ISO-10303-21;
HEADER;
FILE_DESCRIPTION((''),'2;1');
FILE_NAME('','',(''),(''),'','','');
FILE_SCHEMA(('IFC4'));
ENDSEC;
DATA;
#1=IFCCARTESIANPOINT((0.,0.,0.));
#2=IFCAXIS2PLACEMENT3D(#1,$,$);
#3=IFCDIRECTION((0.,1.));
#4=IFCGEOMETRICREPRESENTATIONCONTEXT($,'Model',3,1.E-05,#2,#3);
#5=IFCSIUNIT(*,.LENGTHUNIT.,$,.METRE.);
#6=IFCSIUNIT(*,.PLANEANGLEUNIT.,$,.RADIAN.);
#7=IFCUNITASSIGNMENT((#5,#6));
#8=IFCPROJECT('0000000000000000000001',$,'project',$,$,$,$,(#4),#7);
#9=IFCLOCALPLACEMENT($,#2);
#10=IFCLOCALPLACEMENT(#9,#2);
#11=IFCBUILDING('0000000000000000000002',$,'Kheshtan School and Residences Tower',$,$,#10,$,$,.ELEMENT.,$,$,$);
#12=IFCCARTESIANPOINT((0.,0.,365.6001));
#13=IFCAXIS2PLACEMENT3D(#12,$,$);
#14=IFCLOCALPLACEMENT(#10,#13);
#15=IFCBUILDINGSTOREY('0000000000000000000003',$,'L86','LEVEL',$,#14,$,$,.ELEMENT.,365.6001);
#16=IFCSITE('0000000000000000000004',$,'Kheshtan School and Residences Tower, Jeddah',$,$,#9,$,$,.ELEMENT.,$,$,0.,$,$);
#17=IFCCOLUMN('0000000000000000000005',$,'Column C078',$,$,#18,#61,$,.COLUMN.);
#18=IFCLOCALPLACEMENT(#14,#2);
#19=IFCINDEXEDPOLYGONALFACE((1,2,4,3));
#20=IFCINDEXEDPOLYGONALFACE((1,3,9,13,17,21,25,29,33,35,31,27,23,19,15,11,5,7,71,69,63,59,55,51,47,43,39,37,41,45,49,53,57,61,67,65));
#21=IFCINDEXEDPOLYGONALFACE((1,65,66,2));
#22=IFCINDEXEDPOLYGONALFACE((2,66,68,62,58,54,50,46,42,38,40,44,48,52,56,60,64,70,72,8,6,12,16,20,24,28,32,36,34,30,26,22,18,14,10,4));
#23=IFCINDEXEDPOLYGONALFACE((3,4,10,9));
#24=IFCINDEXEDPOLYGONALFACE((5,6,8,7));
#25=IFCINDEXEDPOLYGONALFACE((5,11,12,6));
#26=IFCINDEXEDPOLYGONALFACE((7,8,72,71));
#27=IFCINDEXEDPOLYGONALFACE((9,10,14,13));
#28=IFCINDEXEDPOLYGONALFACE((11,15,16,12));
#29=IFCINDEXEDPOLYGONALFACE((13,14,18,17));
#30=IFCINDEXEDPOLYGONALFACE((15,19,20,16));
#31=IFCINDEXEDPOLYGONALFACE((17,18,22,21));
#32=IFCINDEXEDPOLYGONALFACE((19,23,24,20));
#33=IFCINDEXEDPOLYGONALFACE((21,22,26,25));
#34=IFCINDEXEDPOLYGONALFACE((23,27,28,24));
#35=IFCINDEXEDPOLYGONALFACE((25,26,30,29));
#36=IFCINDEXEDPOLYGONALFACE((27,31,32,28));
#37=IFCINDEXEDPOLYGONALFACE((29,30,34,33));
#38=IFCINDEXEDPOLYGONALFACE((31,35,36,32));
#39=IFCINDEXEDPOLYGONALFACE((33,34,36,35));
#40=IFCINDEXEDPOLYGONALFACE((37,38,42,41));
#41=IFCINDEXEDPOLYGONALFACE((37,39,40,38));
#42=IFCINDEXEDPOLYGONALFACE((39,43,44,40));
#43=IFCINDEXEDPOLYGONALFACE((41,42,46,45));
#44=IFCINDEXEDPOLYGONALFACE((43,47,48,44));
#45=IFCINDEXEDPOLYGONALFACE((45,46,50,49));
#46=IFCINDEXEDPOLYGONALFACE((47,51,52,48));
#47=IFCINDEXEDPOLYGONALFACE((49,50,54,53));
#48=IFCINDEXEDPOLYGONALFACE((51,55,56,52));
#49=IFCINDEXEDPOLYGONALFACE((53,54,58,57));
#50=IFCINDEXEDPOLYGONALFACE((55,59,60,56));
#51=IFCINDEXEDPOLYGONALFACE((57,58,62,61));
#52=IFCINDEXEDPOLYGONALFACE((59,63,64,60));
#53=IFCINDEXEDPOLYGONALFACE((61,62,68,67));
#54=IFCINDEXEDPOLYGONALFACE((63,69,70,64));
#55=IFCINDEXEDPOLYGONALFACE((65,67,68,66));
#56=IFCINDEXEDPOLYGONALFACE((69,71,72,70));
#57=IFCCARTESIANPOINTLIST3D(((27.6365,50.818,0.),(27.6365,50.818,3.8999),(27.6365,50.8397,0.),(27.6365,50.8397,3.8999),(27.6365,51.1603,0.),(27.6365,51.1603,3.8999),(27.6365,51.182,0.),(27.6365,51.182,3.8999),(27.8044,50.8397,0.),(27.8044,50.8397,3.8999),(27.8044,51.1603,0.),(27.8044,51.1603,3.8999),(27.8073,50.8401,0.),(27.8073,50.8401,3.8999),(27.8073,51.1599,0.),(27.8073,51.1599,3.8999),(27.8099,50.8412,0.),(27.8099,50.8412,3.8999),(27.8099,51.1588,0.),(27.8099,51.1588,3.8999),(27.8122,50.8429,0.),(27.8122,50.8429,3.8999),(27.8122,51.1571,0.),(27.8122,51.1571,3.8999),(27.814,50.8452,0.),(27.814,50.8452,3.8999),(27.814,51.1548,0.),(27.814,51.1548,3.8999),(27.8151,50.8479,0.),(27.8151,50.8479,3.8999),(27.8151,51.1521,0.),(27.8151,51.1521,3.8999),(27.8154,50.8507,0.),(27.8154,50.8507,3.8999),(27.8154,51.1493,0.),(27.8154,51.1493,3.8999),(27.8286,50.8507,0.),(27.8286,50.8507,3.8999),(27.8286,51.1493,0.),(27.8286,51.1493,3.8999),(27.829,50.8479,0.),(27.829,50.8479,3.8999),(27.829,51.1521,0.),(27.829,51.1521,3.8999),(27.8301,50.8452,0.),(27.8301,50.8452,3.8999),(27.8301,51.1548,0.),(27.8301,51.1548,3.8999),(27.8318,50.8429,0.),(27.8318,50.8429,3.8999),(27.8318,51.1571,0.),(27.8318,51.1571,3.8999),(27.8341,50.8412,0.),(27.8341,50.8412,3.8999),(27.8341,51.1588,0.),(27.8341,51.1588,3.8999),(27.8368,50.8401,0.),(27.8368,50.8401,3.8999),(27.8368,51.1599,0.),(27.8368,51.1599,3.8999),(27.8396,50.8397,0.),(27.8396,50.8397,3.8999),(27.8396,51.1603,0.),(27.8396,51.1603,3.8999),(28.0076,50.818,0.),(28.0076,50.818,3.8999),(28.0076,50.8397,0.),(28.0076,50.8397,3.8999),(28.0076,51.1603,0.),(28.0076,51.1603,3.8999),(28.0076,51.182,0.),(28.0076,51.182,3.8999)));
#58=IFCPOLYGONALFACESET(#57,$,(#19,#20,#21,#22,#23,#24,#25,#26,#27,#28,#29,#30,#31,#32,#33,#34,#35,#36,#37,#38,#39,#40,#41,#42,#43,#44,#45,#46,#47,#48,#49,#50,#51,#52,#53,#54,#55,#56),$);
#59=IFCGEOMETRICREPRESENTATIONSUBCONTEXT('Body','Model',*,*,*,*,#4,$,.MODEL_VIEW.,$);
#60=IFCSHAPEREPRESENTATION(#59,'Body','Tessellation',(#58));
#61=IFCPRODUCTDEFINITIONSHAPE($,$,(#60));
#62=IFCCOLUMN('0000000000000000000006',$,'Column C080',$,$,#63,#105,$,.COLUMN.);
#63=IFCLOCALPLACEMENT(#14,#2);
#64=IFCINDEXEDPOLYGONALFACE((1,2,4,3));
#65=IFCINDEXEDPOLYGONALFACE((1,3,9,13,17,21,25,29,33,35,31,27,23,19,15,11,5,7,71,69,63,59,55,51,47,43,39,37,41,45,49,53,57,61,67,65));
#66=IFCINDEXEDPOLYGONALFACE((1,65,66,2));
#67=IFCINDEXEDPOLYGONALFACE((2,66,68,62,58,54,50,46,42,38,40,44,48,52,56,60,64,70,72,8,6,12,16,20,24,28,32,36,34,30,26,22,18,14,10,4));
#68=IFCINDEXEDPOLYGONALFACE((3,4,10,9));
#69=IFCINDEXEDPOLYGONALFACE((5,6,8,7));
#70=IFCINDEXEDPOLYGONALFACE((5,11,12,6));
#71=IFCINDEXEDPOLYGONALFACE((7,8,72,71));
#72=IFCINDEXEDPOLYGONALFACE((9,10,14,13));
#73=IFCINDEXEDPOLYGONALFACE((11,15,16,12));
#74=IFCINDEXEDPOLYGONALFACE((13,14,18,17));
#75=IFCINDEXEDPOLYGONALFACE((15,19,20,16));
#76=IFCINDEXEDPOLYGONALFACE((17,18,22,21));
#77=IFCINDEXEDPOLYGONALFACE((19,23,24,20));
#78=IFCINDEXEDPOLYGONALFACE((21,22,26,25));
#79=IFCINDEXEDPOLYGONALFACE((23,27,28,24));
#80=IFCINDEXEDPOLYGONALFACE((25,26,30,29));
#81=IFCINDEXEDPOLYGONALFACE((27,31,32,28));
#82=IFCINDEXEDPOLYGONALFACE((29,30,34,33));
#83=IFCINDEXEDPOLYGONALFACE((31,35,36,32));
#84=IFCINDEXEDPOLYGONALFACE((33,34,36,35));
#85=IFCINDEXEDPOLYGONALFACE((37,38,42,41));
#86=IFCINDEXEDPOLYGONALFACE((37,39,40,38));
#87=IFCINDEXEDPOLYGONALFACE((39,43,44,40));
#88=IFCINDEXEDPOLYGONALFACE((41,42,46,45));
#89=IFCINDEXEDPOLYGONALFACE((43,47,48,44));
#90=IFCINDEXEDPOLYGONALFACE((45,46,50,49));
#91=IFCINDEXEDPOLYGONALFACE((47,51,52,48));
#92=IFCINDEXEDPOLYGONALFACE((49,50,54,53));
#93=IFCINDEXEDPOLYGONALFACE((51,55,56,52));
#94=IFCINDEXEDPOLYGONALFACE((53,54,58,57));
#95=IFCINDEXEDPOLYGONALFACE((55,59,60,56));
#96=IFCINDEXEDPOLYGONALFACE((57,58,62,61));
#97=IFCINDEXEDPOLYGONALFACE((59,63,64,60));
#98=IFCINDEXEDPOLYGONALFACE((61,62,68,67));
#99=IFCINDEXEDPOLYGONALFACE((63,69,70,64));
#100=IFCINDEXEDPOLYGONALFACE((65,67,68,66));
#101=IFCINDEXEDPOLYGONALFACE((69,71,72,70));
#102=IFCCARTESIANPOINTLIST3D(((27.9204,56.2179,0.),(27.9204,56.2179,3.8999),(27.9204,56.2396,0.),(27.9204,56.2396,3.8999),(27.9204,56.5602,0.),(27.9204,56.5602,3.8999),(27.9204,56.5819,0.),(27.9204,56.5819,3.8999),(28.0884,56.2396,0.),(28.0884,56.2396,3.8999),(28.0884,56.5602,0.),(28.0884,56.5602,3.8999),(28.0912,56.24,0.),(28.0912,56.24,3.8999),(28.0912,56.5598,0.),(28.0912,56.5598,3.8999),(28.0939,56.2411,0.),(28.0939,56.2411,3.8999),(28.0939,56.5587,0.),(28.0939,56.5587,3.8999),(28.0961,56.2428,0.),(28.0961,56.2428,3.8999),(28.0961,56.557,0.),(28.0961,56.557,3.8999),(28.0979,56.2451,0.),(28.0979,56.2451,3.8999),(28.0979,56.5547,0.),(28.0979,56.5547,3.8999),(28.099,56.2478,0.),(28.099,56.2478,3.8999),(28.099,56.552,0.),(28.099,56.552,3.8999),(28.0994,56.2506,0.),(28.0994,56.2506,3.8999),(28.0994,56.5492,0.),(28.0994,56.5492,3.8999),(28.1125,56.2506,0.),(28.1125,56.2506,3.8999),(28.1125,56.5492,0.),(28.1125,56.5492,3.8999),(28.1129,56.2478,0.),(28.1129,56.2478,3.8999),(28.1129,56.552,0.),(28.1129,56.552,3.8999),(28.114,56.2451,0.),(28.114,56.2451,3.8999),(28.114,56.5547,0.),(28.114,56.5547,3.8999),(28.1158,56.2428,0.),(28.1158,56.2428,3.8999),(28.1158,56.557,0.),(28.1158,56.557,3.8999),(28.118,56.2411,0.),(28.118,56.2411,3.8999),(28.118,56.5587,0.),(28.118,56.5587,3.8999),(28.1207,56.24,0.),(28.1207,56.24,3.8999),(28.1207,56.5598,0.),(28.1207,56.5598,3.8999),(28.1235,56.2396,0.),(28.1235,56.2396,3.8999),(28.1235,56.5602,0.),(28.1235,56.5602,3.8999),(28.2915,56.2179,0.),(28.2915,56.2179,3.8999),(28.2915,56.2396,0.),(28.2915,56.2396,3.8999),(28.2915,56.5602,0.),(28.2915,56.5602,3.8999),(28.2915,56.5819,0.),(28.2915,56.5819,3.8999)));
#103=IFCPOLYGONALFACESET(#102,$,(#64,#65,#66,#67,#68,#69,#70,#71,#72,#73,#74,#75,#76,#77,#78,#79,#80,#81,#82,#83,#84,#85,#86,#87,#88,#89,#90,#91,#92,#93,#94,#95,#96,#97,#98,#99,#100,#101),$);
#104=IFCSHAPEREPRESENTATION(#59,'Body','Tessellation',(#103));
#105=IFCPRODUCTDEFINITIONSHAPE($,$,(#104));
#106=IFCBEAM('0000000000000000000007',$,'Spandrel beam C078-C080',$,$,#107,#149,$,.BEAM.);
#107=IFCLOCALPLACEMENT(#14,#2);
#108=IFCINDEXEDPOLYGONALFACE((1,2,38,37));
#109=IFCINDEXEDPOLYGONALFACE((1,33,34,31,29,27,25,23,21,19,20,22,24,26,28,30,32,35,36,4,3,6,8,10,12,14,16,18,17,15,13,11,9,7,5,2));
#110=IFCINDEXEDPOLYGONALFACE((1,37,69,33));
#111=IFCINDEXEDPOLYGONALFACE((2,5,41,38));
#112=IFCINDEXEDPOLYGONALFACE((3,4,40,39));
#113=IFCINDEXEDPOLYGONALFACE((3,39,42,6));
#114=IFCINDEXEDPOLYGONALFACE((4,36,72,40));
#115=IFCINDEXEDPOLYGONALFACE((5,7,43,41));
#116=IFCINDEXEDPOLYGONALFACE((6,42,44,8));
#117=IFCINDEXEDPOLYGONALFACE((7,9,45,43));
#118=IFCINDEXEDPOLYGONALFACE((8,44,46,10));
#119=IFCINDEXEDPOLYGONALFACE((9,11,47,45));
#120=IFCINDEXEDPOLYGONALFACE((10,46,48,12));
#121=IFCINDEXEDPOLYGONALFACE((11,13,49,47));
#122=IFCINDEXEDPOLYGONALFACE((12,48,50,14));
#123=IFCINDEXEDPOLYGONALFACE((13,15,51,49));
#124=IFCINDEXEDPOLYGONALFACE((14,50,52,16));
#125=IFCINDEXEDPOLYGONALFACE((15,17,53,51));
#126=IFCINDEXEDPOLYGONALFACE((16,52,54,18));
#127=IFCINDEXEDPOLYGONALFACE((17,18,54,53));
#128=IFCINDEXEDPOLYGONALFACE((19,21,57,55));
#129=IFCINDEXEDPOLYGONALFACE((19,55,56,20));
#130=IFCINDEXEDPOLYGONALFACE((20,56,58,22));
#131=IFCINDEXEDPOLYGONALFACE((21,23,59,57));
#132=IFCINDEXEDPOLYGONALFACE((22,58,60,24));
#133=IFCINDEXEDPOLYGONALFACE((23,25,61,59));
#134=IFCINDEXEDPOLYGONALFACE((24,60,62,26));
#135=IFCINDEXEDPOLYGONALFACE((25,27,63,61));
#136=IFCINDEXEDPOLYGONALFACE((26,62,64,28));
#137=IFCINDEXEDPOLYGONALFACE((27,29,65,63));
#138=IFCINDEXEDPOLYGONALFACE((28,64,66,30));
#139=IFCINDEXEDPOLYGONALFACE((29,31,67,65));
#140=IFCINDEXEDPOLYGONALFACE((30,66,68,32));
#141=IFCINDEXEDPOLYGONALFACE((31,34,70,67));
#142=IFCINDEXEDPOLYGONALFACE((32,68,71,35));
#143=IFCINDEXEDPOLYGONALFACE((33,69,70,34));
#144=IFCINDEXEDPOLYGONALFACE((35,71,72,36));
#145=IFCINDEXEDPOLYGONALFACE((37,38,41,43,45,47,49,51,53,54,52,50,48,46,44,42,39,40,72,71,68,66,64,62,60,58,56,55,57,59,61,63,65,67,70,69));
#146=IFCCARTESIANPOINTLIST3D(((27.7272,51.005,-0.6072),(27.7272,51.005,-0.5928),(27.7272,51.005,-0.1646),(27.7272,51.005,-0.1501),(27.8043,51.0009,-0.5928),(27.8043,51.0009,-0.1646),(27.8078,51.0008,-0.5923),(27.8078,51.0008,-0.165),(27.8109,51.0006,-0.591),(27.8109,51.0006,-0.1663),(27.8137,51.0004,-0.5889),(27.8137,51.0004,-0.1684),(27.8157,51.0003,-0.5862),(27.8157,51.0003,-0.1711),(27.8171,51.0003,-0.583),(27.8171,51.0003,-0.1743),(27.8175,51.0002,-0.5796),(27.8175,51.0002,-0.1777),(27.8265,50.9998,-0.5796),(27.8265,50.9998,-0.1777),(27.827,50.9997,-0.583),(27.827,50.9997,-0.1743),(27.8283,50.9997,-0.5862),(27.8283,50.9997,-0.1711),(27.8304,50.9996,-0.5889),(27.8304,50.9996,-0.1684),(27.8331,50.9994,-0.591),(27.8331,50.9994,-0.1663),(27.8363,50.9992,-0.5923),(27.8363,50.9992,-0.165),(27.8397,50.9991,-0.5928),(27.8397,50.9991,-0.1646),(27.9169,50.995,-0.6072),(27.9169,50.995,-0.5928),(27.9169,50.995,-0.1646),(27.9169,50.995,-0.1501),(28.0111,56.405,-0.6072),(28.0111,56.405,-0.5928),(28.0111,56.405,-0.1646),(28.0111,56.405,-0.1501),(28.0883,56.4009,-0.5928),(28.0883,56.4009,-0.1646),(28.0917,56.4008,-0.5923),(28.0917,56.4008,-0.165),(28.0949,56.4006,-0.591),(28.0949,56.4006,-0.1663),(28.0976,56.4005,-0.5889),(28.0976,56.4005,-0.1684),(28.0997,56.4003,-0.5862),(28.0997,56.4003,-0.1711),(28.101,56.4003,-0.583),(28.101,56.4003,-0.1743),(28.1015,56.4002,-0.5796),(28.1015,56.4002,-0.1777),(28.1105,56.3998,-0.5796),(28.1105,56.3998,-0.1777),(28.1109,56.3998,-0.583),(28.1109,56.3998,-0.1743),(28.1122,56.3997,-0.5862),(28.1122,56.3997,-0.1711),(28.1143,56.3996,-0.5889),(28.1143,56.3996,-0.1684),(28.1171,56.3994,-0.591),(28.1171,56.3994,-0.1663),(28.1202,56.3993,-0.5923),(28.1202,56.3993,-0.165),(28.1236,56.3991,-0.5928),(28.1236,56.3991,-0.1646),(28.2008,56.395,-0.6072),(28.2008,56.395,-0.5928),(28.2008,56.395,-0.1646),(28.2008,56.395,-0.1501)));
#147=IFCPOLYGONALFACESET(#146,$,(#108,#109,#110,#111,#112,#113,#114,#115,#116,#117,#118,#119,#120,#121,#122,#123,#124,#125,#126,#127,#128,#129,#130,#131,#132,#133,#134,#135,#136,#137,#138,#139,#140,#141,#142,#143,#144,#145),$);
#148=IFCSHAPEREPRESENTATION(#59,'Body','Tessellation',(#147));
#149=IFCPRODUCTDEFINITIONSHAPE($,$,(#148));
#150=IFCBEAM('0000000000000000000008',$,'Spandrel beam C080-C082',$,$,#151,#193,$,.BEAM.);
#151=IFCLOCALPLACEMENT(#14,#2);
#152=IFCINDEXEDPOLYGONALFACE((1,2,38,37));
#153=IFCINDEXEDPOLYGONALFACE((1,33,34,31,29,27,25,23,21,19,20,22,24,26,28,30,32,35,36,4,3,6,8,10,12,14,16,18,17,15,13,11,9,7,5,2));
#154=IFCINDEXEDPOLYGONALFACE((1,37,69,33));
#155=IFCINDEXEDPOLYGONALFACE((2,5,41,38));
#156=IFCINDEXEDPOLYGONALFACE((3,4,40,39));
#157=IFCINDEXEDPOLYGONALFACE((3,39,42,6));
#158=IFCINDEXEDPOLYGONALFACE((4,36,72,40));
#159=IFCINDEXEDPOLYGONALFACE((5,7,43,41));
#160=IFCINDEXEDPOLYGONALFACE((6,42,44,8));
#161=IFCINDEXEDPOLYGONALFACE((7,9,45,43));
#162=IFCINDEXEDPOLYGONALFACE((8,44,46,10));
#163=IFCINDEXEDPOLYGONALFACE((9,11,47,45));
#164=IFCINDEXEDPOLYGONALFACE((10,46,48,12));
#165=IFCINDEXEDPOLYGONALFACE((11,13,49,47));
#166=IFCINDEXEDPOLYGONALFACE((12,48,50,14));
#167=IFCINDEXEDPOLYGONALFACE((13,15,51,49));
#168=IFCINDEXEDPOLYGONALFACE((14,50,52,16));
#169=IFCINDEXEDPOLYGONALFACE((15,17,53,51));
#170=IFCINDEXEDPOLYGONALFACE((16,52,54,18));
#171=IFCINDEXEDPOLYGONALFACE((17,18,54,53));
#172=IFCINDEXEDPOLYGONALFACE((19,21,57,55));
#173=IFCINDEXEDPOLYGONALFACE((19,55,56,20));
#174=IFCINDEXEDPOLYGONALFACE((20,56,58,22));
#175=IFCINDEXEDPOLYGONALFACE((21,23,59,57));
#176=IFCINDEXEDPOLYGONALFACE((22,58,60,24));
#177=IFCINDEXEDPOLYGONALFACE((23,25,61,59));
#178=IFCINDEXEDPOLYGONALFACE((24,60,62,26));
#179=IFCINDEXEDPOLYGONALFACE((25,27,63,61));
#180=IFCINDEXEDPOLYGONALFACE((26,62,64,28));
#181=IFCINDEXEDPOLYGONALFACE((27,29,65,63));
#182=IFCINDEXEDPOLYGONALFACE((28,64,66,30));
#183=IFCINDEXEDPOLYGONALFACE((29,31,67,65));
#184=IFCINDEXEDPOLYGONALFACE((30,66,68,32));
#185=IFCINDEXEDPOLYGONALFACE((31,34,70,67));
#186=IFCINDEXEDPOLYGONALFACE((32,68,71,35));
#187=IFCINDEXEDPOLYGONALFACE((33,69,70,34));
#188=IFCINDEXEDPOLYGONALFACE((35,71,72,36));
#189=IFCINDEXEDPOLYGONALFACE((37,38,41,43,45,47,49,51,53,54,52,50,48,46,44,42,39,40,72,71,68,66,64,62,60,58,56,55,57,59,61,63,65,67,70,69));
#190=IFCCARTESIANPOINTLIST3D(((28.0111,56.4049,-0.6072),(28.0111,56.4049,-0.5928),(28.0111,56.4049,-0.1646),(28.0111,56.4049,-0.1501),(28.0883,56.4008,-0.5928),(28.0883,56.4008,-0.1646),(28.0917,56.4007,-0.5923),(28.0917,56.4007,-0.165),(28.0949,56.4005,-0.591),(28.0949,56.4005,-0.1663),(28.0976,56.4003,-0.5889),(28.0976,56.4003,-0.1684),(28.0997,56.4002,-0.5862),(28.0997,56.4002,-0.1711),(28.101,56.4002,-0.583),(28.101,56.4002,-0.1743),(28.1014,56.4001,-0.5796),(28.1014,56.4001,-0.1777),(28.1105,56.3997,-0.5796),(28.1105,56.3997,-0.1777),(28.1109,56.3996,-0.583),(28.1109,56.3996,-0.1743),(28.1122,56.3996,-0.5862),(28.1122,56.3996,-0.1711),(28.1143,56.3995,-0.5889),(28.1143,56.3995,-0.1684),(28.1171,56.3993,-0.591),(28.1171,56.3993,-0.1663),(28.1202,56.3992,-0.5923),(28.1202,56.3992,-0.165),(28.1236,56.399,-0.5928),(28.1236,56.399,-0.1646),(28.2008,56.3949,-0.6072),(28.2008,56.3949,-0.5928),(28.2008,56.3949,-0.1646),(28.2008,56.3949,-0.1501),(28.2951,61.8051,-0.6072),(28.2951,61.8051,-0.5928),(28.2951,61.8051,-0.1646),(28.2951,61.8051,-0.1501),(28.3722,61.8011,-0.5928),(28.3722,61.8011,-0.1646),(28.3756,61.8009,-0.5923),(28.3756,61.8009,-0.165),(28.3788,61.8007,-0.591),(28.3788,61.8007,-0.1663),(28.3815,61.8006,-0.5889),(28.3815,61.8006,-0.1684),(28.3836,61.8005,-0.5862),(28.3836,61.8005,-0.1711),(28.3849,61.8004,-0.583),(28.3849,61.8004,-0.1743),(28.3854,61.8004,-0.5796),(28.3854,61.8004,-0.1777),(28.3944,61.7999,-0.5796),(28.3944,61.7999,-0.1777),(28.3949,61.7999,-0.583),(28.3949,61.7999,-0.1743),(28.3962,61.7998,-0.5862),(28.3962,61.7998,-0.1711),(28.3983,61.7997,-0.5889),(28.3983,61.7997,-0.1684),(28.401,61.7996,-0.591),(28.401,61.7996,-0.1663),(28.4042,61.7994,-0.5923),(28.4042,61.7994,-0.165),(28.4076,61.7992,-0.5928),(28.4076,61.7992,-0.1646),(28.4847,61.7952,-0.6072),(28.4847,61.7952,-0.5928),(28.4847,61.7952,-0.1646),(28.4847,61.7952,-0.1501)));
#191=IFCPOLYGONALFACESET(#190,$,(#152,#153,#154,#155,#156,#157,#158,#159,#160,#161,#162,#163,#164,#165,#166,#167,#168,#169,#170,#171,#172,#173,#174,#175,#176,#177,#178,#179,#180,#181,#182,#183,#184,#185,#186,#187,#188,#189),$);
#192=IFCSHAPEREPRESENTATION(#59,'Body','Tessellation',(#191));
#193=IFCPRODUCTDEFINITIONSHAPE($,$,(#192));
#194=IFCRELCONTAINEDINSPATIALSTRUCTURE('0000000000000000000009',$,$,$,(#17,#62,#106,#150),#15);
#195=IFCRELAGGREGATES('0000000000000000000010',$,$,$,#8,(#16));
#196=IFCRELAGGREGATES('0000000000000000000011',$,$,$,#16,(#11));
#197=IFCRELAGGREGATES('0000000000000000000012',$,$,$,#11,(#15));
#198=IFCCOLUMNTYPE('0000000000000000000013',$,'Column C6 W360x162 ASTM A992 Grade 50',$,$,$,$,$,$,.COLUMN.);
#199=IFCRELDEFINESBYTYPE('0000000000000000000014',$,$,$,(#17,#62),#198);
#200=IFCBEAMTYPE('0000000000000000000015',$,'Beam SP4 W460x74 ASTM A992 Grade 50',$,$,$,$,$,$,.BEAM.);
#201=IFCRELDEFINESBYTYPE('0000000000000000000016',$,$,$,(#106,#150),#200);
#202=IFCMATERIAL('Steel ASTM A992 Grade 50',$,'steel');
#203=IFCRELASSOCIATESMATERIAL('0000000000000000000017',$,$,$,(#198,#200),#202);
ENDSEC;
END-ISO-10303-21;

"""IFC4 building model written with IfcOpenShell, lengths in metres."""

from ifc_helpers import new_model, si_unit, direction, frame, origin, origin_2d, place, context, subcontext, project, spatial, i_section, extrude, material, material_profile, profile_set, type_object, element, save


model = new_model("IFC4")

# Units and contexts
model_context = context("Model", 3, precision=1e-05, world=origin(), true_north=direction((0.0, 1.0)))
body_context = subcontext(model_context, "Body", "Model", "MODEL_VIEW")
ifc_project = project(units=[si_unit("LENGTHUNIT", "METRE"), si_unit("PLANEANGLEUNIT", "RADIAN")], contexts=[model_context])

# Site, building, storey
site_placement = place(None, origin())
site = spatial("IfcSite", under=ifc_project, at=site_placement, Name="Kheshtan School and Residences Tower, Jeddah", CompositionType="ELEMENT", RefElevation=0.0)
building_placement = place(site_placement, origin())
building = spatial("IfcBuilding", under=site, at=building_placement, Name="Kheshtan School and Residences Tower", CompositionType="ELEMENT")
storey_placement = place(building_placement, frame((0.0, 0.0, 365.6001)))
storey = spatial("IfcBuildingStorey", under=building, at=storey_placement, Name="L86", Description="LEVEL", CompositionType="ELEMENT", Elevation=365.6001)

# Columns
ifc_material_1 = material(Name="Steel ASTM A992 Grade 50", Category="steel")
ifc_material_profile_1 = material_profile(ifc_material_1, i_section(OverallWidth=0.3711, OverallDepth=0.364, WebThickness=0.0132, FlangeThickness=0.0217, FilletRadius=0.011, at=origin_2d()), Name="W360x162")
ifc_profile_set_1 = profile_set([ifc_material_profile_1], Name="Steel ASTM A992 Grade 50")
column_type = type_object("IfcColumnType", Name="Column C6 W360x162 ASTM A992 Grade 50", PredefinedType="COLUMN", material=ifc_profile_set_1)
for number, where, z_axis, x_axis, name in (
    (1, (27.822, 51.0, 0.0), (0.0, 0.0, 1.0), (1.0, 0.0, 0.0), "Column C078"),
    (2, (28.106, 56.3999, 0.0), (0.0, 0.0, 1.0), (1.0, 0.0, 0.0), "Column C080"),
):
    element("IfcColumn", number, at=place(storey_placement, frame(where, z_axis=z_axis, x_axis=x_axis)), inside=storey, type_object=column_type, Name=name, PredefinedType="COLUMN", context=body_context, shape_type="SweptSolid", body=[
        extrude(i_section(OverallWidth=0.3711, OverallDepth=0.364, WebThickness=0.0132, FlangeThickness=0.0217, FilletRadius=0.011, at=origin_2d()), origin(), (0.0, 0.0, 1.0), 3.8999),
    ])

# Beams
ifc_material_profile_2 = material_profile(ifc_material_1, i_section(OverallWidth=0.1899, OverallDepth=0.457, WebThickness=0.009, FlangeThickness=0.0144, FilletRadius=0.0132, at=origin_2d()), Name="W460x74")
ifc_profile_set_2 = profile_set([ifc_material_profile_2], Name="Steel ASTM A992 Grade 50")
beam_type = type_object("IfcBeamType", Name="Beam SP4 W460x74 ASTM A992 Grade 50", PredefinedType="BEAM", material=ifc_profile_set_2)
beam_1_placement = place(storey_placement, frame((27.822, 51.0, -0.3787), z_axis=(0.052509, 0.99862, 0.0), x_axis=(-0.99862, 0.052509, 0.0)))
element("IfcBeam", 3, at=beam_1_placement, inside=storey, type_object=beam_type, Name="Spandrel beam C078-C080", PredefinedType="BEAM", context=body_context, shape_type="SweptSolid", body=[
    extrude(i_section(OverallWidth=0.1899, OverallDepth=0.457, WebThickness=0.009, FlangeThickness=0.0144, FilletRadius=0.0132, at=origin_2d()), origin(), (0.0, 0.0, 1.0), 5.4075),
])
beam_2_placement = place(storey_placement, frame((28.106, 56.3999, -0.3787), z_axis=(0.052507, 0.998621, 0.0), x_axis=(-0.998621, 0.052507, 0.0)))
element("IfcBeam", 4, at=beam_2_placement, inside=storey, type_object=beam_type, Name="Spandrel beam C080-C082", PredefinedType="BEAM", context=body_context, shape_type="SweptSolid", body=[
    extrude(i_section(OverallWidth=0.1899, OverallDepth=0.457, WebThickness=0.009, FlangeThickness=0.0144, FilletRadius=0.0132, at=origin_2d()), origin(), (0.0, 0.0, 1.0), 5.4077),
])

save(model, "model.ifc")
